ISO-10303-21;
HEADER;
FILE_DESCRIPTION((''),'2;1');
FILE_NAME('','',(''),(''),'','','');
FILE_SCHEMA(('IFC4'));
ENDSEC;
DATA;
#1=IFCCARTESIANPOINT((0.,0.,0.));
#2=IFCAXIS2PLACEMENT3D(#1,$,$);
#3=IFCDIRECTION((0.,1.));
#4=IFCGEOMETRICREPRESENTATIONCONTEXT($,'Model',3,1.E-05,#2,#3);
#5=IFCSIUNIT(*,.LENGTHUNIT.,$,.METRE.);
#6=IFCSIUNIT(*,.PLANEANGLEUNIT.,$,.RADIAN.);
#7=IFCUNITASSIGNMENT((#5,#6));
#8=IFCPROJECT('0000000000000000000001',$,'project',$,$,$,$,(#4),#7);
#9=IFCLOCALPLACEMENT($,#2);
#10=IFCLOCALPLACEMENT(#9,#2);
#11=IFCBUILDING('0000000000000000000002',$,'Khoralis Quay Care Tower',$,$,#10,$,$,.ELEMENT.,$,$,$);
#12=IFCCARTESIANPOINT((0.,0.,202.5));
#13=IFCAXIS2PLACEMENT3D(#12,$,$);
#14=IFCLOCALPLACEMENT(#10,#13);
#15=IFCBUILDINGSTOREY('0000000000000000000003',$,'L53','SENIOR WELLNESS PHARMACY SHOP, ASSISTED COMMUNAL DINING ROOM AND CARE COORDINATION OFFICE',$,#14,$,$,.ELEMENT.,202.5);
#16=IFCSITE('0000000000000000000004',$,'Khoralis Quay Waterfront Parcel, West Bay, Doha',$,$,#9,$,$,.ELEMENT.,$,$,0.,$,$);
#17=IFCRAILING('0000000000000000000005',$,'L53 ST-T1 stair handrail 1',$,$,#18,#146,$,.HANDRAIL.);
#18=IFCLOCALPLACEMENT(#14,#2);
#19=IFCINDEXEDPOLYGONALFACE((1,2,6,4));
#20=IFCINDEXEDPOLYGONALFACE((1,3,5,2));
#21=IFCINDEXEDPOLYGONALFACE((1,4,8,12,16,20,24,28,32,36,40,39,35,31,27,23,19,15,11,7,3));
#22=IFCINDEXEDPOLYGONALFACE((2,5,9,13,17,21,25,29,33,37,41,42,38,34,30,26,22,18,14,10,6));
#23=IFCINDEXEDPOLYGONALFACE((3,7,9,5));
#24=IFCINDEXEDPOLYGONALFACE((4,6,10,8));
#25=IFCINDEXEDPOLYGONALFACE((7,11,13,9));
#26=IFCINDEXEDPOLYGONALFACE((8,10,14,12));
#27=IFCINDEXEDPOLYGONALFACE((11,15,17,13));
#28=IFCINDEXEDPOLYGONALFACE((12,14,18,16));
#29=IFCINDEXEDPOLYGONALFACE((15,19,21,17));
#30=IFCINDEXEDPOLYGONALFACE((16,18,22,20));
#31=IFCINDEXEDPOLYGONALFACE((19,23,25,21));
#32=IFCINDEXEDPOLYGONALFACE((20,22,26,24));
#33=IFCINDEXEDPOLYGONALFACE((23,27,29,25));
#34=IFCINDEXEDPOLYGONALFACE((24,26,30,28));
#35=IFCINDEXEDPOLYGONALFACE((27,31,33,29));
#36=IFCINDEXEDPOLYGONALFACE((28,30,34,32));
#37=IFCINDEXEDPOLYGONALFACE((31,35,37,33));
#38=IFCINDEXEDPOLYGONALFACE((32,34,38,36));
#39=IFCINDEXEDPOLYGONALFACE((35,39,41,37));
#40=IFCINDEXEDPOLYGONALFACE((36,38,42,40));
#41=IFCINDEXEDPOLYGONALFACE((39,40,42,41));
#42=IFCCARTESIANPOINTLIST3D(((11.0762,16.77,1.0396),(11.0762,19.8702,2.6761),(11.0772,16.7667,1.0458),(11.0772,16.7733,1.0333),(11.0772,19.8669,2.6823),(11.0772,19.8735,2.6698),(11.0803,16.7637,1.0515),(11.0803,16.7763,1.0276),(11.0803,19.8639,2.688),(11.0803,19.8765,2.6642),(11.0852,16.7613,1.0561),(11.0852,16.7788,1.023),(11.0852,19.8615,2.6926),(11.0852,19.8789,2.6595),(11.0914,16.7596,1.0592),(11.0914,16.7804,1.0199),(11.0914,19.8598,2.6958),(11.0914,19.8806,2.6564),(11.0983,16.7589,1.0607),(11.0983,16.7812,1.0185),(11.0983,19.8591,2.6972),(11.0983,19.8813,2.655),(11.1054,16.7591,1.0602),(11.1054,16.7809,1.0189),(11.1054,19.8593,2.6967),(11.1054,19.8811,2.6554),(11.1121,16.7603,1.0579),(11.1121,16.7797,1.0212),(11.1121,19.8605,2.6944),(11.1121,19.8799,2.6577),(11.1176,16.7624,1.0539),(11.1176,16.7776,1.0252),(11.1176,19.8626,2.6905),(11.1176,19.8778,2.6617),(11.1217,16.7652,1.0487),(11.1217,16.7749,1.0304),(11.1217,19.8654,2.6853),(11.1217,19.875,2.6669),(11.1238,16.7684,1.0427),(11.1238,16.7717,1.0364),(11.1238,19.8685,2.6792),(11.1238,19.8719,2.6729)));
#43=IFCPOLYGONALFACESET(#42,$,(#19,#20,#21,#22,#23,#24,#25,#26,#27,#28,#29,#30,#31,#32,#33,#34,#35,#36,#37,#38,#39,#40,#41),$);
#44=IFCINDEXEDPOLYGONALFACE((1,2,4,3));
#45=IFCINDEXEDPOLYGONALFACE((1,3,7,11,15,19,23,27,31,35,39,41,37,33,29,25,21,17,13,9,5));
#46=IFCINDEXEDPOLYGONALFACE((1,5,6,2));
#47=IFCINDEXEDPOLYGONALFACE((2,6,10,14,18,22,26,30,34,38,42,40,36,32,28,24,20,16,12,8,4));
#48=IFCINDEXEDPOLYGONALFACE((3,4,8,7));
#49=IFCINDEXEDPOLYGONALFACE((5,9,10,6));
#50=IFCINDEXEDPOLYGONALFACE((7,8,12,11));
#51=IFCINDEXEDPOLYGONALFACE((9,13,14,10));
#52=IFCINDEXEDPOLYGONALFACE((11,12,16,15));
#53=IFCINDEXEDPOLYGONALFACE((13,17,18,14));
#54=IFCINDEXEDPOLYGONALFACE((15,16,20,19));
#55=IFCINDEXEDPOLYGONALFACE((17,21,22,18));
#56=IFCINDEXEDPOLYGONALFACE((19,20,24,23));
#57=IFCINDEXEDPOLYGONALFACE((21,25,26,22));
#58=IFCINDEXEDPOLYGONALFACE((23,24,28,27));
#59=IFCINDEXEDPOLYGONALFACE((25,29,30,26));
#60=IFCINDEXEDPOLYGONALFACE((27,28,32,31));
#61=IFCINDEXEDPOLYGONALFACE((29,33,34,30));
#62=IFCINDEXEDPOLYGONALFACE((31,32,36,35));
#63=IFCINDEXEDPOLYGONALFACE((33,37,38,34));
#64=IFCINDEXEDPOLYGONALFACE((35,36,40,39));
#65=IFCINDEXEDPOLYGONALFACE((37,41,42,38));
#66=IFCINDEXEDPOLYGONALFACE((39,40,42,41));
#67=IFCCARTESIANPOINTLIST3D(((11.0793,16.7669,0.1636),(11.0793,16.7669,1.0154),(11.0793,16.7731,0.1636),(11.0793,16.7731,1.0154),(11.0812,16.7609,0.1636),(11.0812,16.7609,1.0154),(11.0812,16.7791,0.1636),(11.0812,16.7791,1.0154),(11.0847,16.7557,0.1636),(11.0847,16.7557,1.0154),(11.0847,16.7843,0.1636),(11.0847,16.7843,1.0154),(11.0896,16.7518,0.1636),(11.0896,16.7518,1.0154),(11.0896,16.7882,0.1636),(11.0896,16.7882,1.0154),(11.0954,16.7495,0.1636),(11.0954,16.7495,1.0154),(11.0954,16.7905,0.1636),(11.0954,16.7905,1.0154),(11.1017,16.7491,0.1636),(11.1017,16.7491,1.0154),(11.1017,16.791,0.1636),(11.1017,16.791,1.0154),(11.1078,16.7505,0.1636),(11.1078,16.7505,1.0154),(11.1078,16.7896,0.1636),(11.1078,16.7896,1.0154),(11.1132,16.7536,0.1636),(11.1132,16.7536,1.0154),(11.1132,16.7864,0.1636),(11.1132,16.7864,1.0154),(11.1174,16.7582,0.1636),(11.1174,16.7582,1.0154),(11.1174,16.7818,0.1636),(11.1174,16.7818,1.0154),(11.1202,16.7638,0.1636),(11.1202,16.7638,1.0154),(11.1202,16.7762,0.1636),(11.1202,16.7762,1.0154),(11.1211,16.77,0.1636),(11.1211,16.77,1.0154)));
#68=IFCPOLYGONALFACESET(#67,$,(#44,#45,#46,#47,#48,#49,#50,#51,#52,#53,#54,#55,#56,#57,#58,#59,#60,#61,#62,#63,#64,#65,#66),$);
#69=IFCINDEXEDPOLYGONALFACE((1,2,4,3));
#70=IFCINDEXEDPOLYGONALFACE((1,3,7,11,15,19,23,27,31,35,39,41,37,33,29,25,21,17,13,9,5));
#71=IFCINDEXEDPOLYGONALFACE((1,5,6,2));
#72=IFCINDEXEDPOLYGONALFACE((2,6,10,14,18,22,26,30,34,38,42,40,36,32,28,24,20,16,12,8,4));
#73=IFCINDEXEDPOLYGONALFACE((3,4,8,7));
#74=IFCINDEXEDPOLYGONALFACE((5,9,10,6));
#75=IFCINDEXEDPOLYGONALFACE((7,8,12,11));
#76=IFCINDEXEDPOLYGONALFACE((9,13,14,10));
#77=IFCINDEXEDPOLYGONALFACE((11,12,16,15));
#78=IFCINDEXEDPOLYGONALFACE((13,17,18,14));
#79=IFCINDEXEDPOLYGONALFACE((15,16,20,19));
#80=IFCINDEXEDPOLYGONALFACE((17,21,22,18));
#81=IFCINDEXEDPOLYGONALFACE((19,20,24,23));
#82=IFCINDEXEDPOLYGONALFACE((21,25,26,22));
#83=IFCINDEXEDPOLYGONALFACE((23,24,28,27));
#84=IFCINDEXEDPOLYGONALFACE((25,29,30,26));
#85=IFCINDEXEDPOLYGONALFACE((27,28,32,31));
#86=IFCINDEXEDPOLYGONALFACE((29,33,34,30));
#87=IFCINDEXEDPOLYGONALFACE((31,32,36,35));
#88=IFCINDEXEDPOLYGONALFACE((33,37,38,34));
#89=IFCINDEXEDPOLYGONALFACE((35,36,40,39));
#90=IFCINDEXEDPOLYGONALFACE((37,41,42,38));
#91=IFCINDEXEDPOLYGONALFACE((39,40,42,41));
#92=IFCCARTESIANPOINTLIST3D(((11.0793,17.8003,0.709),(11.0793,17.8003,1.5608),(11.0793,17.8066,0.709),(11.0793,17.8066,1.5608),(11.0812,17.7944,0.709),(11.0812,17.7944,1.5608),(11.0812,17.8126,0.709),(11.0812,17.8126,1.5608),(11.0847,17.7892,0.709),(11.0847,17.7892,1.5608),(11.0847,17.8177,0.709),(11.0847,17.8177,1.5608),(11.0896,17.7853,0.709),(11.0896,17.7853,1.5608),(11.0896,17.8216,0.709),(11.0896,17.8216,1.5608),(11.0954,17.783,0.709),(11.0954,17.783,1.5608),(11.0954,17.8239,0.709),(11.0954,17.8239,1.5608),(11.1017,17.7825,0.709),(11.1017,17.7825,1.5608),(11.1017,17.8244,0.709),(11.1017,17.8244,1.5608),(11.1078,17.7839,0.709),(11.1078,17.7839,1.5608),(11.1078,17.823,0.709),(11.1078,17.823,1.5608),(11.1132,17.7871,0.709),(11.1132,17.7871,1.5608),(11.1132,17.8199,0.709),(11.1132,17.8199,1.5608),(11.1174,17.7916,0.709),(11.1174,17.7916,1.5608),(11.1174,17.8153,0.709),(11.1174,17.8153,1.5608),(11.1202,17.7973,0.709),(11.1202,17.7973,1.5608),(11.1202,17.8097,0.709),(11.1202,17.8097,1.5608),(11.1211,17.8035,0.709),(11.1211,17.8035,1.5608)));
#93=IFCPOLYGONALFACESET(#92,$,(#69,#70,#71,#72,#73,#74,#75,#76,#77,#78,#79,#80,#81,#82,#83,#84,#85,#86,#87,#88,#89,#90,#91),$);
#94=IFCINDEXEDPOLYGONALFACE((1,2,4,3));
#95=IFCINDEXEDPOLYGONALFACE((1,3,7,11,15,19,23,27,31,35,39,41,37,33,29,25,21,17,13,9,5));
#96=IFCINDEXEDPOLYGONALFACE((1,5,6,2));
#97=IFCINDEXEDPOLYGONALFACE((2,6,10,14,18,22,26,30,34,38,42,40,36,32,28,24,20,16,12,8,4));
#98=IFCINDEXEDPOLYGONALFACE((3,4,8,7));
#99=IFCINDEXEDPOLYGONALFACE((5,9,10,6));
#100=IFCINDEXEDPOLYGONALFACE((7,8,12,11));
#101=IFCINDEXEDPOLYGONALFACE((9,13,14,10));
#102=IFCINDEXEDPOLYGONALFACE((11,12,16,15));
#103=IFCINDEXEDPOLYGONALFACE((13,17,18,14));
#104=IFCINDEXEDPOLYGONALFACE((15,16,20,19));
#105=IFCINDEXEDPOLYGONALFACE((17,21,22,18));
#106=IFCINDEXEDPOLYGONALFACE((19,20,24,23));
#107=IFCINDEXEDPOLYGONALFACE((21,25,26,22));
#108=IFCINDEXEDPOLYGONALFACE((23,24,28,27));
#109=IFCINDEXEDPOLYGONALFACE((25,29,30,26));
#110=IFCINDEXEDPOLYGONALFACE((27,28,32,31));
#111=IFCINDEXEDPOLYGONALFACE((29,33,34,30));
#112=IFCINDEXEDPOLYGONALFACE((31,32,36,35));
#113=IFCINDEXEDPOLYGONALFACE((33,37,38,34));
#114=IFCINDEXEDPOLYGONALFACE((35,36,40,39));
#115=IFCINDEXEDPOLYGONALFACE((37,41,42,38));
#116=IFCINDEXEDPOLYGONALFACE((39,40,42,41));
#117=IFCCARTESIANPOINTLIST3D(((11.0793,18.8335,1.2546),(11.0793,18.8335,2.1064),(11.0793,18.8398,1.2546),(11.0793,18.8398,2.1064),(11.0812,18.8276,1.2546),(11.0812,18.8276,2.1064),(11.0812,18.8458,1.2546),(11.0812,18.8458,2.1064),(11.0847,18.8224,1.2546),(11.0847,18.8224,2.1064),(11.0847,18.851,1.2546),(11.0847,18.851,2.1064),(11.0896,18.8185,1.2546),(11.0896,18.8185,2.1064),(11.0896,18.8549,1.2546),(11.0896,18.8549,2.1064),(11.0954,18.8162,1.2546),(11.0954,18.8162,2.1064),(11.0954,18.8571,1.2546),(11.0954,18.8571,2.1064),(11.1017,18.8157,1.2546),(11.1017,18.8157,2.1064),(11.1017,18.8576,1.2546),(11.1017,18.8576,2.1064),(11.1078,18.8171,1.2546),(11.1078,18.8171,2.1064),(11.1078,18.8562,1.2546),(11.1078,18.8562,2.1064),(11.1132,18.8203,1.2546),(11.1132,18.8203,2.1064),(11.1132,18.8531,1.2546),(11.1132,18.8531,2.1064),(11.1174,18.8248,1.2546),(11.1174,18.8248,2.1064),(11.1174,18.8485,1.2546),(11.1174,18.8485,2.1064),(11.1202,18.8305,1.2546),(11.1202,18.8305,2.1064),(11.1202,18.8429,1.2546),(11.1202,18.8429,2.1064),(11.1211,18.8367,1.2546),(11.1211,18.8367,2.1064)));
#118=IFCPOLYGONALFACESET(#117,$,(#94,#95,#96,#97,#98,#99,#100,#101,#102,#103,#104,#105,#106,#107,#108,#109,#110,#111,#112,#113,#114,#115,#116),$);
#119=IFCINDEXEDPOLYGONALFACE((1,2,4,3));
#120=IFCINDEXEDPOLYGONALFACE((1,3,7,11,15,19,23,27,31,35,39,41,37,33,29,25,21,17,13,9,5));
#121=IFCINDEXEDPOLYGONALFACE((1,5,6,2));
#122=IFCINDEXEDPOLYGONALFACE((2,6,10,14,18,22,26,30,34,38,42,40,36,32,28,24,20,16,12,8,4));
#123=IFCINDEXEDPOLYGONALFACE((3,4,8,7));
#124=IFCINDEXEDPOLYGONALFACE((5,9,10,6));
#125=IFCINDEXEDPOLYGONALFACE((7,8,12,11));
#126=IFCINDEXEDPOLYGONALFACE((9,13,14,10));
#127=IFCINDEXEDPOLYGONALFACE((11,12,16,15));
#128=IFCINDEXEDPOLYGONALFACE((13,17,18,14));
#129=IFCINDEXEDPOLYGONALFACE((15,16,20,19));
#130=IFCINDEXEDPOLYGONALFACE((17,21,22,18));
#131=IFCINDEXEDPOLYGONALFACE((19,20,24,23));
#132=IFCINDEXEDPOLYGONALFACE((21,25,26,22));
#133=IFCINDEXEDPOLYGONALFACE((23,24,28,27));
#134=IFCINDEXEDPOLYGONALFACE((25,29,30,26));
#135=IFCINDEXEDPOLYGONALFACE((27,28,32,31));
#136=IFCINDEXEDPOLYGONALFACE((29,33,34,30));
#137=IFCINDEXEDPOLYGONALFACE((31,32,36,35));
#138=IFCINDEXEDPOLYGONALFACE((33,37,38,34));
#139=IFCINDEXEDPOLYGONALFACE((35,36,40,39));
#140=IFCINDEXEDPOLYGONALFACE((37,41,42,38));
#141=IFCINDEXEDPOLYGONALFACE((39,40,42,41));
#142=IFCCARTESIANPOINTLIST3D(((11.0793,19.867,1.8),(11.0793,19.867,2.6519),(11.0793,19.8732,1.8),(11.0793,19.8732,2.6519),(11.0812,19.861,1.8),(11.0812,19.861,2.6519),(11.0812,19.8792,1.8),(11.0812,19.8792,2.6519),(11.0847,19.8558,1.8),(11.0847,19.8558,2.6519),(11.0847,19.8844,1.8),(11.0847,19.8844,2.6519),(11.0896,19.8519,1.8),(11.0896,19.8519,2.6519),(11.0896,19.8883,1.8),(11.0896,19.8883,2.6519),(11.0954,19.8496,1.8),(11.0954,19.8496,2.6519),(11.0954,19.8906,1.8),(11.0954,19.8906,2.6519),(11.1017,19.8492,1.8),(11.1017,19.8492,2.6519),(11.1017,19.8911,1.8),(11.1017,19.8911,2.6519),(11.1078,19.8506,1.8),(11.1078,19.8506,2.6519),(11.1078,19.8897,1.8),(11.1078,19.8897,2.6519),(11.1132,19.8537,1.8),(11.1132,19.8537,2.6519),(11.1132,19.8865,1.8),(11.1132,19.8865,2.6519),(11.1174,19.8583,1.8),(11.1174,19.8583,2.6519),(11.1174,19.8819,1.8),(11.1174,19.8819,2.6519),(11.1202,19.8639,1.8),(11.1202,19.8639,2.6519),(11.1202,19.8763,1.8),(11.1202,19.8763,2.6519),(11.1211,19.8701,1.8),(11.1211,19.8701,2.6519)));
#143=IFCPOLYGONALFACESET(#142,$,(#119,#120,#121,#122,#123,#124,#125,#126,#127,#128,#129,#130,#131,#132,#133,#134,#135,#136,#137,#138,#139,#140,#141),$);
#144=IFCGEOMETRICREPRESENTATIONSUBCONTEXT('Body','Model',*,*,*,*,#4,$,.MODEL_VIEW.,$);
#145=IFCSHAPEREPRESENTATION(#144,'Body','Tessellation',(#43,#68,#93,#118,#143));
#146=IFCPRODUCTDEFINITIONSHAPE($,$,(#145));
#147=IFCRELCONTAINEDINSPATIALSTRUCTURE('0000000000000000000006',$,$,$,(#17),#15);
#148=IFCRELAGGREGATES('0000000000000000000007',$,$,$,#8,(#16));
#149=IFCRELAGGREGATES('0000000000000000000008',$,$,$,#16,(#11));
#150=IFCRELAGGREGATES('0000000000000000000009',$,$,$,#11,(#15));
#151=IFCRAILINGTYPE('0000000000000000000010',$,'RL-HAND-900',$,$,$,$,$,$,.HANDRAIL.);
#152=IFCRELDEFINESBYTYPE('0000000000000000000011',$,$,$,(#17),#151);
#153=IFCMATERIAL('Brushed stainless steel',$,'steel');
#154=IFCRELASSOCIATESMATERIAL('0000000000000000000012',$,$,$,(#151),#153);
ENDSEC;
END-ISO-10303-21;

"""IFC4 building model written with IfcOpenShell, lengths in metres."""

from ifc_helpers import new_model, si_unit, direction, frame, origin, origin_2d, place, context, subcontext, project, spatial, circle, extrude, material, type_object, element, save


model = new_model("IFC4")

# Units and contexts
model_context = context("Model", 3, precision=1e-05, world=origin(), true_north=direction((0.0, 1.0)))
body_context = subcontext(model_context, "Body", "Model", "MODEL_VIEW")
ifc_project = project(units=[si_unit("LENGTHUNIT", "METRE"), si_unit("PLANEANGLEUNIT", "RADIAN")], contexts=[model_context])

# Site, building, storey
site_placement = place(None, origin())
site = spatial("IfcSite", under=ifc_project, at=site_placement, Name="Khoralis Quay Waterfront Parcel, West Bay, Doha", CompositionType="ELEMENT", RefElevation=0.0)
building_placement = place(site_placement, origin())
building = spatial("IfcBuilding", under=site, at=building_placement, Name="Khoralis Quay Care Tower", CompositionType="ELEMENT")
storey_placement = place(building_placement, frame((0.0, 0.0, 202.5)))
storey = spatial("IfcBuildingStorey", under=building, at=storey_placement, Name="L53", Description="SENIOR WELLNESS PHARMACY SHOP, ASSISTED COMMUNAL DINING ROOM AND CARE COORDINATION OFFICE", CompositionType="ELEMENT", Elevation=202.5)

# Shared definitions
ifc_material_1 = material(Name="Brushed stainless steel", Category="steel")

# Railing
railing_type_1 = type_object("IfcRailingType", Name="RL-HAND-900", PredefinedType="HANDRAIL", material=ifc_material_1)
railing_1_placement = place(storey_placement, frame((11.1001, 16.77, 0.1636)))
element("IfcRailing", 1, at=railing_1_placement, inside=storey, type_object=railing_type_1, Name="L53 ST-T1 stair handrail 1", PredefinedType="HANDRAIL", context=body_context, shape_type="SweptSolid", body=[
    extrude(circle(Radius=0.0239, at=origin_2d()), frame((0.0, 0.0, 0.876), z_axis=(0.0, 0.884348, 0.466828), x_axis=(-1.0, 0.0, 0.0)), (0.0, 0.0, 1.0), 3.5056),
    extrude(circle(Radius=0.021, at=origin_2d()), origin(), (0.0, 0.0, 1.0), 0.8518),
    extrude(circle(Radius=0.021, at=origin_2d()), frame((0.0, 1.0334, 0.5454)), (0.0, 0.0, 1.0), 0.8518),
    extrude(circle(Radius=0.021, at=origin_2d()), frame((0.0, 2.0667, 1.0911)), (0.0, 0.0, 1.0), 0.8518),
    extrude(circle(Radius=0.021, at=origin_2d()), frame((0.0, 3.1001, 1.6365)), (0.0, 0.0, 1.0), 0.8518),
])

save(model, "model.ifc")
